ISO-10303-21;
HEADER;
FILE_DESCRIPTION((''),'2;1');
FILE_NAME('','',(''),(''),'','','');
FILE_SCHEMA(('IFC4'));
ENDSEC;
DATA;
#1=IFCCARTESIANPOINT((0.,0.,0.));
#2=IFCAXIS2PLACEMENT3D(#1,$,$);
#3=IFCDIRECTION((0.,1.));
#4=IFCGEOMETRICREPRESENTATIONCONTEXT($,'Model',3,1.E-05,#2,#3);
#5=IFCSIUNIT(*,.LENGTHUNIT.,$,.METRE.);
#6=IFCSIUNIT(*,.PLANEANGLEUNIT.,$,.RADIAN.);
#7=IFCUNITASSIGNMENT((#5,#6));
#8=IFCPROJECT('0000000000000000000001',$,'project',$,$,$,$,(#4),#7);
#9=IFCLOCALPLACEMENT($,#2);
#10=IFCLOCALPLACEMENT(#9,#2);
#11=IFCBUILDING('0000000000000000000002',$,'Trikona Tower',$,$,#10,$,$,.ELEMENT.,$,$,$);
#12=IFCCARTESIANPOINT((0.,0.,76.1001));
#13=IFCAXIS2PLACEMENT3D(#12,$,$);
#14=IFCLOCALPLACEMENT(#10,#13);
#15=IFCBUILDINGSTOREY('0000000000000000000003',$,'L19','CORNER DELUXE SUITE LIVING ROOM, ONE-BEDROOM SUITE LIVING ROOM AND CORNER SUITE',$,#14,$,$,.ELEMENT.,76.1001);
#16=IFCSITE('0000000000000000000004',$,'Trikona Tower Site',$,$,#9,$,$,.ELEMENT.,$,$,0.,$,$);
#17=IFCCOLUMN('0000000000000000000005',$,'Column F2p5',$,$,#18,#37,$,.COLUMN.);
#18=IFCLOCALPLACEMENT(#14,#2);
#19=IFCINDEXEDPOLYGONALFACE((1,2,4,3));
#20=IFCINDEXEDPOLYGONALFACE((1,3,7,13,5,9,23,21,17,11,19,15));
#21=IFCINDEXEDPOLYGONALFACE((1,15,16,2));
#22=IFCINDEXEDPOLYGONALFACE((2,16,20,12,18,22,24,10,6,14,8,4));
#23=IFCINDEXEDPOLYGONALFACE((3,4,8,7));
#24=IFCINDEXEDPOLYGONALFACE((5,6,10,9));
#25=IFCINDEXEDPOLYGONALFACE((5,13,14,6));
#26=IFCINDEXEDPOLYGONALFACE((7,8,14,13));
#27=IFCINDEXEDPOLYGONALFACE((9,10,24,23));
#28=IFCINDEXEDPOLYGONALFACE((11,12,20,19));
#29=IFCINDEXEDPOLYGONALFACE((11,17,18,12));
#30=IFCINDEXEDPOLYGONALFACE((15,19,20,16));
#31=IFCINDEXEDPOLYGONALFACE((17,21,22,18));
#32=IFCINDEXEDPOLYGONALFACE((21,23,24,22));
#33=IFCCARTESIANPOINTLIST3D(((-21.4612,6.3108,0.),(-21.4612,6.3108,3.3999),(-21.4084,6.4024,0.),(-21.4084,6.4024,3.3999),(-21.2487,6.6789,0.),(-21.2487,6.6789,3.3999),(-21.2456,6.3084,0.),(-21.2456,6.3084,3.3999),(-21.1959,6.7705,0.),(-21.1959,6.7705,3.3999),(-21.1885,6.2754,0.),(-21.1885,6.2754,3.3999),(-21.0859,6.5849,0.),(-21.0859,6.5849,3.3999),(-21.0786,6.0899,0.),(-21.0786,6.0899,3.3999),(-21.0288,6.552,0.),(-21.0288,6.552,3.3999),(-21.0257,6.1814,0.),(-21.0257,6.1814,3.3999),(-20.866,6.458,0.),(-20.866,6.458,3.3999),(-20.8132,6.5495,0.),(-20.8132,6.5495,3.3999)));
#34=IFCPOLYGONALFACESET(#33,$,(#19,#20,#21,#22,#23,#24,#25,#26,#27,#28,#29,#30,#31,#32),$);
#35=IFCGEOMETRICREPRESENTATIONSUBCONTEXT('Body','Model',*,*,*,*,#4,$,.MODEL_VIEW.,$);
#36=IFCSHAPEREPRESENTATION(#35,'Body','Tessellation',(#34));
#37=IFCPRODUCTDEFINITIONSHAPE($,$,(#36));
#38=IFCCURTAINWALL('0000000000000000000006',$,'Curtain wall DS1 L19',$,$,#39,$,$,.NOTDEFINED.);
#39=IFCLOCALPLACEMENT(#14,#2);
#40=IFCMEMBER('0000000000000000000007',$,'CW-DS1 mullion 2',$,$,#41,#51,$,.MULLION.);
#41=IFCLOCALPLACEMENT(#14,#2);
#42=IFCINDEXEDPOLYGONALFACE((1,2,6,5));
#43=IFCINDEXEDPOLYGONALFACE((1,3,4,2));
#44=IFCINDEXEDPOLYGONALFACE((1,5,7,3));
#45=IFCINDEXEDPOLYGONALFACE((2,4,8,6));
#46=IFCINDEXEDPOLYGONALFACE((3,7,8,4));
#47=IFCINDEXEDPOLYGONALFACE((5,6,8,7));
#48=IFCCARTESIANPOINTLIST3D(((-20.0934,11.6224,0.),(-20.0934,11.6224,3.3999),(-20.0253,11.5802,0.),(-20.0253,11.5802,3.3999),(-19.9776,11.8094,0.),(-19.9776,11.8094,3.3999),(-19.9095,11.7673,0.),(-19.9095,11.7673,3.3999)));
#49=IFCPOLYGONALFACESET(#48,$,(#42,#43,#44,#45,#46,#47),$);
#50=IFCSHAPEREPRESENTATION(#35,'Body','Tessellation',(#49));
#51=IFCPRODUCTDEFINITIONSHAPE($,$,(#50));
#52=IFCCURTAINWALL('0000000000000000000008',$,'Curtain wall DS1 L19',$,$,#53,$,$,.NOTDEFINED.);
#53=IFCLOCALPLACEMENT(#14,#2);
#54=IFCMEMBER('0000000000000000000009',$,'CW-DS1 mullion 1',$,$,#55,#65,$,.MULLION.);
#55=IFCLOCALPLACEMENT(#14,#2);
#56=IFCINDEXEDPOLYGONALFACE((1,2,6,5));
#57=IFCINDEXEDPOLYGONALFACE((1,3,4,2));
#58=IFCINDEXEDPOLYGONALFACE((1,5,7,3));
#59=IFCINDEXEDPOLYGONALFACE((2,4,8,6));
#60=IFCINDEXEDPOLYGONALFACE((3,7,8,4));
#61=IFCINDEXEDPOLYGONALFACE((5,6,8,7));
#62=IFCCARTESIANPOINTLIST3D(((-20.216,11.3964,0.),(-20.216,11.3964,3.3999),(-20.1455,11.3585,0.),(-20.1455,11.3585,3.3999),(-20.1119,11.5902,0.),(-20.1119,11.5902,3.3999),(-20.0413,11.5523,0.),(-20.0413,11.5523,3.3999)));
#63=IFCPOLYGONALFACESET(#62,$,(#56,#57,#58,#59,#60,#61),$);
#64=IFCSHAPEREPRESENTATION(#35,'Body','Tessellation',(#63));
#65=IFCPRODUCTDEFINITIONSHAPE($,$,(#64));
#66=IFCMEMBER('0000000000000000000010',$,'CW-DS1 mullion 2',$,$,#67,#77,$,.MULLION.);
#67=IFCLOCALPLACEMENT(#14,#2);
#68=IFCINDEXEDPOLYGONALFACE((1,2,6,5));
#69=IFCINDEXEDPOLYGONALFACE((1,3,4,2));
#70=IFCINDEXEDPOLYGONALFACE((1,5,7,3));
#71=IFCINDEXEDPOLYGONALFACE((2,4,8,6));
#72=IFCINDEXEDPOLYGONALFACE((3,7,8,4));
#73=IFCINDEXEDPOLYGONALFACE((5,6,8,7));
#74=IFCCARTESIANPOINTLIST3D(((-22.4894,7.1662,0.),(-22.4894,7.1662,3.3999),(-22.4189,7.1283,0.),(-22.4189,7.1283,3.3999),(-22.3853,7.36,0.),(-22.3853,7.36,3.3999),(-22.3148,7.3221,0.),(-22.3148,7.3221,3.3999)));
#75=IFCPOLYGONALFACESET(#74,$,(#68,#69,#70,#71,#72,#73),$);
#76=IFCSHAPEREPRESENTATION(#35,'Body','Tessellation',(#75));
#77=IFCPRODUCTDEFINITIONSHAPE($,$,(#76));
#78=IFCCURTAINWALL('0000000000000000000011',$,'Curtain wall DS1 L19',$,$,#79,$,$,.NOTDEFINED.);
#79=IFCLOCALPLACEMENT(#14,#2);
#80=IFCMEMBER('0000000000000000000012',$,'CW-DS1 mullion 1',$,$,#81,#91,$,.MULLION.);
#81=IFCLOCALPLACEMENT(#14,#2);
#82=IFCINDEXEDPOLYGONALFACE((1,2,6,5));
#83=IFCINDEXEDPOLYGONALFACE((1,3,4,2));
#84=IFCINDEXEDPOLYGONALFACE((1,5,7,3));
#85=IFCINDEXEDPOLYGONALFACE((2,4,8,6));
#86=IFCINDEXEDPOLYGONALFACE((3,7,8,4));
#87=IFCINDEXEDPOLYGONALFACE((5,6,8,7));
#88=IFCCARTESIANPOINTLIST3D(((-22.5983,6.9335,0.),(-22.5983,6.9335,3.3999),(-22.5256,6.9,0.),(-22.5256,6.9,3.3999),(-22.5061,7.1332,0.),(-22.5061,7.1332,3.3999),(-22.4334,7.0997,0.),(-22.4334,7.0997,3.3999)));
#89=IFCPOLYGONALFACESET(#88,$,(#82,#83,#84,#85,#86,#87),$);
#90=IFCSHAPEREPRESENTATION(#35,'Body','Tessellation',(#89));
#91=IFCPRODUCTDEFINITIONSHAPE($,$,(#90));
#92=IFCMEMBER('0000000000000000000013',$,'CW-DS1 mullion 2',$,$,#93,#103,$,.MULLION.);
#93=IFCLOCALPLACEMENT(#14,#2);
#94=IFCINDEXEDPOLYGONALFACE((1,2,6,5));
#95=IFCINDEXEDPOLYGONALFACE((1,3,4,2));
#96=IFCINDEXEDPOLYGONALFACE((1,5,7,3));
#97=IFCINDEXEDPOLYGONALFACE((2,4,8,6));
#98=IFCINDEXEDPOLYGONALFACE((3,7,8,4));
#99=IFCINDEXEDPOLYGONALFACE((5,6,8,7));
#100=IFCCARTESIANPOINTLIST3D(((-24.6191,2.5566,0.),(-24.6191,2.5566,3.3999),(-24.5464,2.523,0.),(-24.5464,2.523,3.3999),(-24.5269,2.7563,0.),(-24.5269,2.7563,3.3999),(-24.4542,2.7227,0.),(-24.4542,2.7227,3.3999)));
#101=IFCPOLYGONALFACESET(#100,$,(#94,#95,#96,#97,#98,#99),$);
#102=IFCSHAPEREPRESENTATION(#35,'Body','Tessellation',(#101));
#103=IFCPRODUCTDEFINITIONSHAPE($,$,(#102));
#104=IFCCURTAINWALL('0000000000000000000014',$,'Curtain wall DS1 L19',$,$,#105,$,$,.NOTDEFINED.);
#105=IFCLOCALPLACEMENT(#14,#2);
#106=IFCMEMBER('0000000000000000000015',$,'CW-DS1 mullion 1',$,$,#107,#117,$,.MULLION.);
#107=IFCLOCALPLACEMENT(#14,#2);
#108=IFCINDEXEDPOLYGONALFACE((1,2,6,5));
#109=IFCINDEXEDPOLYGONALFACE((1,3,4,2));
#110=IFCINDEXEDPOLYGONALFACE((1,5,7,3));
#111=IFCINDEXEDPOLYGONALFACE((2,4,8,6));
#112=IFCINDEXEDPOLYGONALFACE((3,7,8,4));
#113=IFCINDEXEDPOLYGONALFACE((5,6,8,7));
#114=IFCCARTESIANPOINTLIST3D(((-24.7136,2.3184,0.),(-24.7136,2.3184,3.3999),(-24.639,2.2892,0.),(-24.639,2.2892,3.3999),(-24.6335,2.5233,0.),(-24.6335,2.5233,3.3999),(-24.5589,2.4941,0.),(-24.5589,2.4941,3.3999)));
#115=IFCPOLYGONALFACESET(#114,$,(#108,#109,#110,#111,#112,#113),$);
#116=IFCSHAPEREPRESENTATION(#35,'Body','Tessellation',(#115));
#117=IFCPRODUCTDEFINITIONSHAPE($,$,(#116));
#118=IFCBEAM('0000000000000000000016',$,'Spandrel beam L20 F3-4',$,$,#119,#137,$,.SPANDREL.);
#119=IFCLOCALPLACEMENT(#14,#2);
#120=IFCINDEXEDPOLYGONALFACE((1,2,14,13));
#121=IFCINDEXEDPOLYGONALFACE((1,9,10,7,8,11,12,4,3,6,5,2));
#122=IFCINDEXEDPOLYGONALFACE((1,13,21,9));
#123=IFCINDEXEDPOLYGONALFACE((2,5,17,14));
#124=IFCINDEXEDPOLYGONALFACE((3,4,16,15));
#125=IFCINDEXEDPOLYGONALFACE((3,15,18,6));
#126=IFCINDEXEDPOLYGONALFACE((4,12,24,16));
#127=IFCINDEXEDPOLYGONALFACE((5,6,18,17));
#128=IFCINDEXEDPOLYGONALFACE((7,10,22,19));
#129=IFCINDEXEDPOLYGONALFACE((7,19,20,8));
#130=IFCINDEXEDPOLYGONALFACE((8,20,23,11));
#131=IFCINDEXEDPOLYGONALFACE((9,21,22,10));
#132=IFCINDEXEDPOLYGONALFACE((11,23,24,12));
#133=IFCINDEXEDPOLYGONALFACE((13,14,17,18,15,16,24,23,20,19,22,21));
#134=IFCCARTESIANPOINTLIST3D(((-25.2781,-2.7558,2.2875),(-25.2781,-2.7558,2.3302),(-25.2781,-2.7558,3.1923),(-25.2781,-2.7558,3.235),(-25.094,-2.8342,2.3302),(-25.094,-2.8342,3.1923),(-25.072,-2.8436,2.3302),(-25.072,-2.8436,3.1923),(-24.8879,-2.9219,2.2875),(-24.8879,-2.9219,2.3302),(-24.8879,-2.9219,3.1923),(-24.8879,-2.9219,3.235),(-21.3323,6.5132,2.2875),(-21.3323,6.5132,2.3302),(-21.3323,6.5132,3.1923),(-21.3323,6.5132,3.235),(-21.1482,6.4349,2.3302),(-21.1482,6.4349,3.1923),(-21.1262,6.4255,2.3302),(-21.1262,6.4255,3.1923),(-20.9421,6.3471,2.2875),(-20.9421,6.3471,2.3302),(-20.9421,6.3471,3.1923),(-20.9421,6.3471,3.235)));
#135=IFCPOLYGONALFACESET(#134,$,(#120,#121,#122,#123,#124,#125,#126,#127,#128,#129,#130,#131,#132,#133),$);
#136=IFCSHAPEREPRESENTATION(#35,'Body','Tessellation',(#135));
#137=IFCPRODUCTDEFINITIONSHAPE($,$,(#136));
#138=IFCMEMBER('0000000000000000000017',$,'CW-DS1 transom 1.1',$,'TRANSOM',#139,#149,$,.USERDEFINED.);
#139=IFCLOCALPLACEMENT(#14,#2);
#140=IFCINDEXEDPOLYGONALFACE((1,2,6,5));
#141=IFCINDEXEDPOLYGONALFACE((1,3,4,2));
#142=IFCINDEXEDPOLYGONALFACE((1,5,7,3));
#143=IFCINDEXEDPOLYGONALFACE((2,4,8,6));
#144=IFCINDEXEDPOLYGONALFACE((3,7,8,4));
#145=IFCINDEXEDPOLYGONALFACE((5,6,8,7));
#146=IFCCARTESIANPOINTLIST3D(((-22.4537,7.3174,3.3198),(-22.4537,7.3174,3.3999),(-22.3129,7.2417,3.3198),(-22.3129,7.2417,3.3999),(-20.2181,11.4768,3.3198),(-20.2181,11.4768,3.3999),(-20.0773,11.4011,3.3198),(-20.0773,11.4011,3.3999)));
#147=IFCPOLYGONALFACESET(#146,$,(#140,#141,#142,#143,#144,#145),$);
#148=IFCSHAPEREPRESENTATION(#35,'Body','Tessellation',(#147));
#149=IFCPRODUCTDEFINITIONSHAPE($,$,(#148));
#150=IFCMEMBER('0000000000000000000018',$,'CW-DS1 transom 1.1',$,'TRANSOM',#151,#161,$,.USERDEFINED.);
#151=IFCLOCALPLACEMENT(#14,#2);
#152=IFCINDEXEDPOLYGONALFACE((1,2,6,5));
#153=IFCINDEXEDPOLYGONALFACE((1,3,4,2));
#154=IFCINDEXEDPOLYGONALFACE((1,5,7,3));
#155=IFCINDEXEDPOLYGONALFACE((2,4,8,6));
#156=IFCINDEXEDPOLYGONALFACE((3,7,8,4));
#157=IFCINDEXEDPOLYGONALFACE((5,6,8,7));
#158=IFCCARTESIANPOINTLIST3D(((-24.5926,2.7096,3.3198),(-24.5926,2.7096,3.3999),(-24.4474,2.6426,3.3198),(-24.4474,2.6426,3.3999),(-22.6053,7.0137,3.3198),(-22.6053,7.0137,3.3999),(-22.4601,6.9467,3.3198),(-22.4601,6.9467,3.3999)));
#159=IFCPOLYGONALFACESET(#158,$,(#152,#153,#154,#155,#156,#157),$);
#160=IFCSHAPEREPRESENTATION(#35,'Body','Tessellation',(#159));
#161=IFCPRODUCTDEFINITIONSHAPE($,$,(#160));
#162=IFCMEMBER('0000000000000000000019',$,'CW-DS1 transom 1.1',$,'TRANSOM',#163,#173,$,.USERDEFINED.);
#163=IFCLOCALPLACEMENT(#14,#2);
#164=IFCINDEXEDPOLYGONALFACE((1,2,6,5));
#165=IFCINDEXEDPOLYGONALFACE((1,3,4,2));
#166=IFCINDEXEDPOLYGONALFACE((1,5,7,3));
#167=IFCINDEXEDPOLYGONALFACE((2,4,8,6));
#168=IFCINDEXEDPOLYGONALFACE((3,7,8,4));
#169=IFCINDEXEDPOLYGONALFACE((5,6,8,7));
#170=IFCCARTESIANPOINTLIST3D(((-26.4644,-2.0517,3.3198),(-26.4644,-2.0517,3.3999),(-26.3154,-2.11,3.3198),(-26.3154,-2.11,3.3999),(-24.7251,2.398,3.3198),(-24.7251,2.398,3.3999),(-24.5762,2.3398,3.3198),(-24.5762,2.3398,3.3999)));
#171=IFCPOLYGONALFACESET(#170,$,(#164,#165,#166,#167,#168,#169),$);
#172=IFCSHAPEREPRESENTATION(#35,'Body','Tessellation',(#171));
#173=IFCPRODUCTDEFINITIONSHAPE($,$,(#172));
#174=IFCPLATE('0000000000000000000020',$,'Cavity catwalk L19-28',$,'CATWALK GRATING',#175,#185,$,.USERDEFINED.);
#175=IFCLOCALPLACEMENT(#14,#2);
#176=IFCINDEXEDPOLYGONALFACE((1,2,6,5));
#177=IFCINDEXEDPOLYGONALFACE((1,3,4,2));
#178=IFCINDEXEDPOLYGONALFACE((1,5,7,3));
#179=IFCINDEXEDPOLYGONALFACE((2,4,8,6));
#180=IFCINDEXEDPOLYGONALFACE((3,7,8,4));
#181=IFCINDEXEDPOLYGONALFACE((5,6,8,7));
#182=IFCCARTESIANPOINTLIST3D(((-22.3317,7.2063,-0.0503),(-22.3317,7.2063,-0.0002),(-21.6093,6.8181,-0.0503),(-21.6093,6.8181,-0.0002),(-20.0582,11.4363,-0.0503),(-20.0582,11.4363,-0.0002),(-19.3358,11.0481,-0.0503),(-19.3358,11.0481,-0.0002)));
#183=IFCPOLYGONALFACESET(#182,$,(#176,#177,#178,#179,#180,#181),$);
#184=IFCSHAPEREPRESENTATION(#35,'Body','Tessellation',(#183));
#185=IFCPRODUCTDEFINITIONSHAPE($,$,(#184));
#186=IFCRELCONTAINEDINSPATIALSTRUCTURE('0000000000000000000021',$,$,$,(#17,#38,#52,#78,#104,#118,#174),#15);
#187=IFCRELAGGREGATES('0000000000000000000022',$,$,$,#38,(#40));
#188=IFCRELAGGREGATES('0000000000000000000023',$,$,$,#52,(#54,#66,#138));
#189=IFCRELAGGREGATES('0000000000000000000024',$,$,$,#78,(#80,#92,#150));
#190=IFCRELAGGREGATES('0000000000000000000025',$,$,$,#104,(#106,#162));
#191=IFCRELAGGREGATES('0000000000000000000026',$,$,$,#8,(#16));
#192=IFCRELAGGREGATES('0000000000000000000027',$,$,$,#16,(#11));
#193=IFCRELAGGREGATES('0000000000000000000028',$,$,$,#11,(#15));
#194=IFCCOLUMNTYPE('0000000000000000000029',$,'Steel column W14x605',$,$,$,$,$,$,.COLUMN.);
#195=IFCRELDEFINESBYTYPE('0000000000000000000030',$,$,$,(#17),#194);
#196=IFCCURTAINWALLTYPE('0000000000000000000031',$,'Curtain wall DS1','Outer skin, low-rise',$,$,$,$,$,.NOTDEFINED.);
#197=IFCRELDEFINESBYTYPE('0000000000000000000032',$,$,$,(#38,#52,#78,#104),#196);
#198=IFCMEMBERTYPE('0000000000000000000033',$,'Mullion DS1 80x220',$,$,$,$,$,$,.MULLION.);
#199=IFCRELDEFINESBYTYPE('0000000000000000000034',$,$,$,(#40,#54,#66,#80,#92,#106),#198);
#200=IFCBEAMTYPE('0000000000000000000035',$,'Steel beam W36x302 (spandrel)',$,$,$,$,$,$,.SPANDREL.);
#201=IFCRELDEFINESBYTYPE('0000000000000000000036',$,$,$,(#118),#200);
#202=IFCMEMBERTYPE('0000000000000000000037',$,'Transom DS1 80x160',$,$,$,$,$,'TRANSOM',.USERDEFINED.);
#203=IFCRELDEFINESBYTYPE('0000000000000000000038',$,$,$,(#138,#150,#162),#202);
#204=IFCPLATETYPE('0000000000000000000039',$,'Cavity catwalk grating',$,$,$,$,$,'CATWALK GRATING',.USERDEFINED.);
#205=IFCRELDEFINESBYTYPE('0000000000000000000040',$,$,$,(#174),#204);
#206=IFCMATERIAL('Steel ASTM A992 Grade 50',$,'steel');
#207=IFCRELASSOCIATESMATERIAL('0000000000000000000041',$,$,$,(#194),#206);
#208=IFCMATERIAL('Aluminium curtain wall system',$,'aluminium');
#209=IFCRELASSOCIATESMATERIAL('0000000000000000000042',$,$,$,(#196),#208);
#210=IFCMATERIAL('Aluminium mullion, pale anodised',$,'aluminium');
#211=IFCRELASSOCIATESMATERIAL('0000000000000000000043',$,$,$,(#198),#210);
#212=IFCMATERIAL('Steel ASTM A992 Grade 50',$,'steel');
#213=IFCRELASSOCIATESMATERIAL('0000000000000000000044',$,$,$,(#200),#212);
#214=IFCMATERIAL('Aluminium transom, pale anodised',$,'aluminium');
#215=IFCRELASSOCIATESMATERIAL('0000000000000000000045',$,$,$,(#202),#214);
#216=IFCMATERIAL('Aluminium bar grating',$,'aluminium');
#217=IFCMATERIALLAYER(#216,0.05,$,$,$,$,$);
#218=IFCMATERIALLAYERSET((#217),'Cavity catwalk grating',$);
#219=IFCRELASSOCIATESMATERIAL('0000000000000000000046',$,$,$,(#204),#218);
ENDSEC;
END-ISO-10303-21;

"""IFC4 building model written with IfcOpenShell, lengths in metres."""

from ifc_helpers import new_model, si_unit, direction, frame, origin, origin_2d, place, context, subcontext, project, spatial, rectangle, i_section, extrude, material, layer, layer_set, material_profile, profile_set, type_object, element, aggregate, save


model = new_model("IFC4")

# Units and contexts
model_context = context("Model", 3, precision=1e-05, world=origin(), true_north=direction((0.0, 1.0)))
body_context = subcontext(model_context, "Body", "Model", "MODEL_VIEW")
ifc_project = project(units=[si_unit("LENGTHUNIT", "METRE"), si_unit("PLANEANGLEUNIT", "RADIAN")], contexts=[model_context])

# Site, building, storey
site_placement = place(None, origin())
site = spatial("IfcSite", under=ifc_project, at=site_placement, Name="Trikona Tower Site", CompositionType="ELEMENT", RefElevation=0.0)
building_placement = place(site_placement, origin())
building = spatial("IfcBuilding", under=site, at=building_placement, Name="Trikona Tower", CompositionType="ELEMENT")
storey_placement = place(building_placement, frame((0.0, 0.0, 76.1001)))
storey = spatial("IfcBuildingStorey", under=building, at=storey_placement, Name="L19", Description="CORNER DELUXE SUITE LIVING ROOM, ONE-BEDROOM SUITE LIVING ROOM AND CORNER SUITE", CompositionType="ELEMENT", Elevation=76.1001)

# Column
ifc_material_1 = material(Name="Steel ASTM A992 Grade 50", Category="steel")
ifc_material_profile_1 = material_profile(ifc_material_1, i_section(OverallWidth=0.4419, OverallDepth=0.5308, WebThickness=0.0659, FlangeThickness=0.1057, at=origin_2d()), Name="W14X605")
ifc_profile_set_1 = profile_set([ifc_material_profile_1], Name="Steel ASTM A992 Grade 50")
column_type = type_object("IfcColumnType", Name="Steel column W14x605", PredefinedType="COLUMN", material=ifc_profile_set_1)
column_placement = place(storey_placement, frame((-21.1372, 6.4302, 0.0), z_axis=(0.0, 0.0, 1.0), x_axis=(-0.866025, 0.5, 0.0)))
element("IfcColumn", 1, at=column_placement, inside=storey, type_object=column_type, Name="Column F2p5", PredefinedType="COLUMN", context=body_context, shape_type="SweptSolid", body=[
    extrude(i_section(OverallWidth=0.4419, OverallDepth=0.5308, WebThickness=0.0659, FlangeThickness=0.1057, at=origin_2d()), origin(), (0.0, 0.0, 1.0), 3.3999),
])

# Curtain wall, member
ifc_material_2 = material(Name="Aluminium curtain wall system", Category="aluminium")
curtain_wall_type = type_object("IfcCurtainWallType", Name="Curtain wall DS1", Description="Outer skin, low-rise", PredefinedType="NOTDEFINED", material=ifc_material_2)
curtain_wall_1_placement = place(storey_placement, origin())
curtain_wall_1 = element("IfcCurtainWall", 2, at=curtain_wall_1_placement, inside=storey, type_object=curtain_wall_type, Name="Curtain wall DS1 L19", PredefinedType="NOTDEFINED")
ifc_material_3 = material(Name="Aluminium mullion, pale anodised", Category="aluminium")
ifc_material_profile_2 = material_profile(ifc_material_3, rectangle(XDim=0.0801, YDim=0.22, at=origin_2d()), Name="MUL-DS1")
ifc_profile_set_2 = profile_set([ifc_material_profile_2], Name="Aluminium mullion, pale anodised")
member_type_1 = type_object("IfcMemberType", Name="Mullion DS1 80x220", PredefinedType="MULLION", material=ifc_profile_set_2)
member_1_placement = place(storey_placement, frame((-20.0015, 11.6948, 0.0), z_axis=(0.0, 0.0, 1.0), x_axis=(0.85041, -0.52612, 0.0)))
member_1 = element("IfcMember", 3, at=member_1_placement, type_object=member_type_1, Name="CW-DS1 mullion 2", PredefinedType="MULLION", context=body_context, shape_type="SweptSolid", body=[
    extrude(rectangle(XDim=0.0801, YDim=0.22, at=origin_2d()), origin(), (0.0, 0.0, 1.0), 3.3999),
])
aggregate(curtain_wall_1, [member_1])

# Curtain walls, members
curtain_wall_2_placement = place(storey_placement, origin())
curtain_wall_2 = element("IfcCurtainWall", 4, at=curtain_wall_2_placement, inside=storey, type_object=curtain_wall_type, Name="Curtain wall DS1 L19", PredefinedType="NOTDEFINED")
member_2_placement = place(storey_placement, frame((-20.1287, 11.4744, 0.0), z_axis=(0.0, 0.0, 1.0), x_axis=(0.880843, -0.473408, 0.0)))
member_2 = element("IfcMember", 5, at=member_2_placement, type_object=member_type_1, Name="CW-DS1 mullion 1", PredefinedType="MULLION", context=body_context, shape_type="SweptSolid", body=[
    extrude(rectangle(XDim=0.0801, YDim=0.22, at=origin_2d()), origin(), (0.0, 0.0, 1.0), 3.3999),
])
member_3_placement = place(storey_placement, frame((-22.4021, 7.2441, 0.0), z_axis=(0.0, 0.0, 1.0), x_axis=(0.880843, -0.473408, 0.0)))
member_3 = element("IfcMember", 6, at=member_3_placement, type_object=member_type_1, Name="CW-DS1 mullion 2", PredefinedType="MULLION", context=body_context, shape_type="SweptSolid", body=[
    extrude(rectangle(XDim=0.0801, YDim=0.22, at=origin_2d()), origin(), (0.0, 0.0, 1.0), 3.3999),
])
curtain_wall_3_placement = place(storey_placement, origin())
curtain_wall_3 = element("IfcCurtainWall", 7, at=curtain_wall_3_placement, inside=storey, type_object=curtain_wall_type, Name="Curtain wall DS1 L19", PredefinedType="NOTDEFINED")
member_4_placement = place(storey_placement, frame((-22.5159, 7.0166, 0.0), z_axis=(0.0, 0.0, 1.0), x_axis=(0.907898, -0.41919, 0.0)))
member_4 = element("IfcMember", 8, at=member_4_placement, type_object=member_type_1, Name="CW-DS1 mullion 1", PredefinedType="MULLION", context=body_context, shape_type="SweptSolid", body=[
    extrude(rectangle(XDim=0.0801, YDim=0.22, at=origin_2d()), origin(), (0.0, 0.0, 1.0), 3.3999),
])
member_5_placement = place(storey_placement, frame((-24.5366, 2.6396, 0.0), z_axis=(0.0, 0.0, 1.0), x_axis=(0.907898, -0.41919, 0.0)))
member_5 = element("IfcMember", 9, at=member_5_placement, type_object=member_type_1, Name="CW-DS1 mullion 2", PredefinedType="MULLION", context=body_context, shape_type="SweptSolid", body=[
    extrude(rectangle(XDim=0.0801, YDim=0.22, at=origin_2d()), origin(), (0.0, 0.0, 1.0), 3.3999),
])

# Curtain wall, member
curtain_wall_4_placement = place(storey_placement, origin())
curtain_wall_4 = element("IfcCurtainWall", 10, at=curtain_wall_4_placement, inside=storey, type_object=curtain_wall_type, Name="Curtain wall DS1 L19", PredefinedType="NOTDEFINED")
member_6_placement = place(storey_placement, frame((-24.6362, 2.4062, 0.0), z_axis=(0.0, 0.0, 1.0), x_axis=(0.931396, -0.364008, 0.0)))
member_6 = element("IfcMember", 11, at=member_6_placement, type_object=member_type_1, Name="CW-DS1 mullion 1", PredefinedType="MULLION", context=body_context, shape_type="SweptSolid", body=[
    extrude(rectangle(XDim=0.0801, YDim=0.22, at=origin_2d()), origin(), (0.0, 0.0, 1.0), 3.3999),
])

# Beam
ifc_material_4 = material(Name="Steel ASTM A992 Grade 50", Category="steel")
ifc_material_profile_3 = material_profile(ifc_material_4, i_section(OverallWidth=0.4241, OverallDepth=0.9475, WebThickness=0.0239, FlangeThickness=0.0427, at=origin_2d()), Name="W36X302")
ifc_profile_set_3 = profile_set([ifc_material_profile_3], Name="Steel ASTM A992 Grade 50")
beam_type = type_object("IfcBeamType", Name="Steel beam W36x302 (spandrel)", PredefinedType="SPANDREL", material=ifc_profile_set_3)
beam_placement = place(storey_placement, frame((-21.1372, 6.4302, 2.7612), z_axis=(-0.391684, -0.9201, 0.0), x_axis=(0.9201, -0.391684, 0.0)))
element("IfcBeam", 12, at=beam_placement, inside=storey, type_object=beam_type, Name="Spandrel beam L20 F3-4", PredefinedType="SPANDREL", context=body_context, shape_type="SweptSolid", body=[
    extrude(i_section(OverallWidth=0.4241, OverallDepth=0.9475, WebThickness=0.0239, FlangeThickness=0.0427, at=origin_2d()), origin(), (0.0, 0.0, 1.0), 10.074),
])

# Members
ifc_material_5 = material(Name="Aluminium transom, pale anodised", Category="aluminium")
ifc_material_profile_4 = material_profile(ifc_material_5, rectangle(XDim=0.1599, YDim=0.0801, at=origin_2d()), Name="TRN-DS1")
ifc_profile_set_4 = profile_set([ifc_material_profile_4], Name="Aluminium transom, pale anodised")
member_type_2 = type_object("IfcMemberType", Name="Transom DS1 80x160", ElementType="TRANSOM", PredefinedType="USERDEFINED", material=ifc_profile_set_4)
member_7_placement = place(storey_placement, frame((-20.1477, 11.439, 3.3599), z_axis=(-0.473428, -0.880833, 0.0), x_axis=(0.880833, -0.473428, 0.0)))
member_7 = element("IfcMember", 13, at=member_7_placement, type_object=member_type_2, Name="CW-DS1 transom 1.1", ObjectType="TRANSOM", PredefinedType="USERDEFINED", context=body_context, shape_type="SweptSolid", body=[
    extrude(rectangle(XDim=0.1599, YDim=0.0801, at=origin_2d()), origin(), (0.0, 0.0, 1.0), 4.7222),
])
member_8_placement = place(storey_placement, frame((-22.5327, 6.9802, 3.3599), z_axis=(-0.419189, -0.907899, 0.0), x_axis=(0.907899, -0.419189, 0.0)))
member_8 = element("IfcMember", 14, at=member_8_placement, type_object=member_type_2, Name="CW-DS1 transom 1.1", ObjectType="TRANSOM", PredefinedType="USERDEFINED", context=body_context, shape_type="SweptSolid", body=[
    extrude(rectangle(XDim=0.1599, YDim=0.0801, at=origin_2d()), origin(), (0.0, 0.0, 1.0), 4.7407),
])
member_9_placement = place(storey_placement, frame((-24.6506, 2.3689, 3.3599), z_axis=(-0.364049, -0.93138, 0.0), x_axis=(0.93138, -0.364049, 0.0)))
member_9 = element("IfcMember", 15, at=member_9_placement, type_object=member_type_2, Name="CW-DS1 transom 1.1", ObjectType="TRANSOM", PredefinedType="USERDEFINED", context=body_context, shape_type="SweptSolid", body=[
    extrude(rectangle(XDim=0.1599, YDim=0.0801, at=origin_2d()), origin(), (0.0, 0.0, 1.0), 4.7776),
])

# Plate
ifc_material_6 = material(Name="Aluminium bar grating", Category="aluminium")
ifc_layer_1 = layer(ifc_material_6, 0.05)
ifc_layer_set_1 = layer_set([ifc_layer_1], Name="Cavity catwalk grating")
plate_type_1 = type_object("IfcPlateType", Name="Cavity catwalk grating", ElementType="CATWALK GRATING", PredefinedType="USERDEFINED", material=ifc_layer_set_1)
plate_1_placement = place(storey_placement, frame((-20.8337, 9.1272, -0.0503), z_axis=(0.0, 0.0, 1.0), x_axis=(-0.473423, -0.880835, 0.0)))
element("IfcPlate", 16, at=plate_1_placement, inside=storey, type_object=plate_type_1, Name="Cavity catwalk L19-28", ObjectType="CATWALK GRATING", PredefinedType="USERDEFINED", context=body_context, shape_type="SweptSolid", body=[
    extrude(rectangle(XDim=4.8022, YDim=0.8201, at=origin_2d()), origin(), (0.0, 0.0, 1.0), 0.05),
])

aggregate(curtain_wall_2, [member_2, member_3, member_7])
aggregate(curtain_wall_3, [member_4, member_5, member_8])
aggregate(curtain_wall_4, [member_6, member_9])

save(model, "model.ifc")
